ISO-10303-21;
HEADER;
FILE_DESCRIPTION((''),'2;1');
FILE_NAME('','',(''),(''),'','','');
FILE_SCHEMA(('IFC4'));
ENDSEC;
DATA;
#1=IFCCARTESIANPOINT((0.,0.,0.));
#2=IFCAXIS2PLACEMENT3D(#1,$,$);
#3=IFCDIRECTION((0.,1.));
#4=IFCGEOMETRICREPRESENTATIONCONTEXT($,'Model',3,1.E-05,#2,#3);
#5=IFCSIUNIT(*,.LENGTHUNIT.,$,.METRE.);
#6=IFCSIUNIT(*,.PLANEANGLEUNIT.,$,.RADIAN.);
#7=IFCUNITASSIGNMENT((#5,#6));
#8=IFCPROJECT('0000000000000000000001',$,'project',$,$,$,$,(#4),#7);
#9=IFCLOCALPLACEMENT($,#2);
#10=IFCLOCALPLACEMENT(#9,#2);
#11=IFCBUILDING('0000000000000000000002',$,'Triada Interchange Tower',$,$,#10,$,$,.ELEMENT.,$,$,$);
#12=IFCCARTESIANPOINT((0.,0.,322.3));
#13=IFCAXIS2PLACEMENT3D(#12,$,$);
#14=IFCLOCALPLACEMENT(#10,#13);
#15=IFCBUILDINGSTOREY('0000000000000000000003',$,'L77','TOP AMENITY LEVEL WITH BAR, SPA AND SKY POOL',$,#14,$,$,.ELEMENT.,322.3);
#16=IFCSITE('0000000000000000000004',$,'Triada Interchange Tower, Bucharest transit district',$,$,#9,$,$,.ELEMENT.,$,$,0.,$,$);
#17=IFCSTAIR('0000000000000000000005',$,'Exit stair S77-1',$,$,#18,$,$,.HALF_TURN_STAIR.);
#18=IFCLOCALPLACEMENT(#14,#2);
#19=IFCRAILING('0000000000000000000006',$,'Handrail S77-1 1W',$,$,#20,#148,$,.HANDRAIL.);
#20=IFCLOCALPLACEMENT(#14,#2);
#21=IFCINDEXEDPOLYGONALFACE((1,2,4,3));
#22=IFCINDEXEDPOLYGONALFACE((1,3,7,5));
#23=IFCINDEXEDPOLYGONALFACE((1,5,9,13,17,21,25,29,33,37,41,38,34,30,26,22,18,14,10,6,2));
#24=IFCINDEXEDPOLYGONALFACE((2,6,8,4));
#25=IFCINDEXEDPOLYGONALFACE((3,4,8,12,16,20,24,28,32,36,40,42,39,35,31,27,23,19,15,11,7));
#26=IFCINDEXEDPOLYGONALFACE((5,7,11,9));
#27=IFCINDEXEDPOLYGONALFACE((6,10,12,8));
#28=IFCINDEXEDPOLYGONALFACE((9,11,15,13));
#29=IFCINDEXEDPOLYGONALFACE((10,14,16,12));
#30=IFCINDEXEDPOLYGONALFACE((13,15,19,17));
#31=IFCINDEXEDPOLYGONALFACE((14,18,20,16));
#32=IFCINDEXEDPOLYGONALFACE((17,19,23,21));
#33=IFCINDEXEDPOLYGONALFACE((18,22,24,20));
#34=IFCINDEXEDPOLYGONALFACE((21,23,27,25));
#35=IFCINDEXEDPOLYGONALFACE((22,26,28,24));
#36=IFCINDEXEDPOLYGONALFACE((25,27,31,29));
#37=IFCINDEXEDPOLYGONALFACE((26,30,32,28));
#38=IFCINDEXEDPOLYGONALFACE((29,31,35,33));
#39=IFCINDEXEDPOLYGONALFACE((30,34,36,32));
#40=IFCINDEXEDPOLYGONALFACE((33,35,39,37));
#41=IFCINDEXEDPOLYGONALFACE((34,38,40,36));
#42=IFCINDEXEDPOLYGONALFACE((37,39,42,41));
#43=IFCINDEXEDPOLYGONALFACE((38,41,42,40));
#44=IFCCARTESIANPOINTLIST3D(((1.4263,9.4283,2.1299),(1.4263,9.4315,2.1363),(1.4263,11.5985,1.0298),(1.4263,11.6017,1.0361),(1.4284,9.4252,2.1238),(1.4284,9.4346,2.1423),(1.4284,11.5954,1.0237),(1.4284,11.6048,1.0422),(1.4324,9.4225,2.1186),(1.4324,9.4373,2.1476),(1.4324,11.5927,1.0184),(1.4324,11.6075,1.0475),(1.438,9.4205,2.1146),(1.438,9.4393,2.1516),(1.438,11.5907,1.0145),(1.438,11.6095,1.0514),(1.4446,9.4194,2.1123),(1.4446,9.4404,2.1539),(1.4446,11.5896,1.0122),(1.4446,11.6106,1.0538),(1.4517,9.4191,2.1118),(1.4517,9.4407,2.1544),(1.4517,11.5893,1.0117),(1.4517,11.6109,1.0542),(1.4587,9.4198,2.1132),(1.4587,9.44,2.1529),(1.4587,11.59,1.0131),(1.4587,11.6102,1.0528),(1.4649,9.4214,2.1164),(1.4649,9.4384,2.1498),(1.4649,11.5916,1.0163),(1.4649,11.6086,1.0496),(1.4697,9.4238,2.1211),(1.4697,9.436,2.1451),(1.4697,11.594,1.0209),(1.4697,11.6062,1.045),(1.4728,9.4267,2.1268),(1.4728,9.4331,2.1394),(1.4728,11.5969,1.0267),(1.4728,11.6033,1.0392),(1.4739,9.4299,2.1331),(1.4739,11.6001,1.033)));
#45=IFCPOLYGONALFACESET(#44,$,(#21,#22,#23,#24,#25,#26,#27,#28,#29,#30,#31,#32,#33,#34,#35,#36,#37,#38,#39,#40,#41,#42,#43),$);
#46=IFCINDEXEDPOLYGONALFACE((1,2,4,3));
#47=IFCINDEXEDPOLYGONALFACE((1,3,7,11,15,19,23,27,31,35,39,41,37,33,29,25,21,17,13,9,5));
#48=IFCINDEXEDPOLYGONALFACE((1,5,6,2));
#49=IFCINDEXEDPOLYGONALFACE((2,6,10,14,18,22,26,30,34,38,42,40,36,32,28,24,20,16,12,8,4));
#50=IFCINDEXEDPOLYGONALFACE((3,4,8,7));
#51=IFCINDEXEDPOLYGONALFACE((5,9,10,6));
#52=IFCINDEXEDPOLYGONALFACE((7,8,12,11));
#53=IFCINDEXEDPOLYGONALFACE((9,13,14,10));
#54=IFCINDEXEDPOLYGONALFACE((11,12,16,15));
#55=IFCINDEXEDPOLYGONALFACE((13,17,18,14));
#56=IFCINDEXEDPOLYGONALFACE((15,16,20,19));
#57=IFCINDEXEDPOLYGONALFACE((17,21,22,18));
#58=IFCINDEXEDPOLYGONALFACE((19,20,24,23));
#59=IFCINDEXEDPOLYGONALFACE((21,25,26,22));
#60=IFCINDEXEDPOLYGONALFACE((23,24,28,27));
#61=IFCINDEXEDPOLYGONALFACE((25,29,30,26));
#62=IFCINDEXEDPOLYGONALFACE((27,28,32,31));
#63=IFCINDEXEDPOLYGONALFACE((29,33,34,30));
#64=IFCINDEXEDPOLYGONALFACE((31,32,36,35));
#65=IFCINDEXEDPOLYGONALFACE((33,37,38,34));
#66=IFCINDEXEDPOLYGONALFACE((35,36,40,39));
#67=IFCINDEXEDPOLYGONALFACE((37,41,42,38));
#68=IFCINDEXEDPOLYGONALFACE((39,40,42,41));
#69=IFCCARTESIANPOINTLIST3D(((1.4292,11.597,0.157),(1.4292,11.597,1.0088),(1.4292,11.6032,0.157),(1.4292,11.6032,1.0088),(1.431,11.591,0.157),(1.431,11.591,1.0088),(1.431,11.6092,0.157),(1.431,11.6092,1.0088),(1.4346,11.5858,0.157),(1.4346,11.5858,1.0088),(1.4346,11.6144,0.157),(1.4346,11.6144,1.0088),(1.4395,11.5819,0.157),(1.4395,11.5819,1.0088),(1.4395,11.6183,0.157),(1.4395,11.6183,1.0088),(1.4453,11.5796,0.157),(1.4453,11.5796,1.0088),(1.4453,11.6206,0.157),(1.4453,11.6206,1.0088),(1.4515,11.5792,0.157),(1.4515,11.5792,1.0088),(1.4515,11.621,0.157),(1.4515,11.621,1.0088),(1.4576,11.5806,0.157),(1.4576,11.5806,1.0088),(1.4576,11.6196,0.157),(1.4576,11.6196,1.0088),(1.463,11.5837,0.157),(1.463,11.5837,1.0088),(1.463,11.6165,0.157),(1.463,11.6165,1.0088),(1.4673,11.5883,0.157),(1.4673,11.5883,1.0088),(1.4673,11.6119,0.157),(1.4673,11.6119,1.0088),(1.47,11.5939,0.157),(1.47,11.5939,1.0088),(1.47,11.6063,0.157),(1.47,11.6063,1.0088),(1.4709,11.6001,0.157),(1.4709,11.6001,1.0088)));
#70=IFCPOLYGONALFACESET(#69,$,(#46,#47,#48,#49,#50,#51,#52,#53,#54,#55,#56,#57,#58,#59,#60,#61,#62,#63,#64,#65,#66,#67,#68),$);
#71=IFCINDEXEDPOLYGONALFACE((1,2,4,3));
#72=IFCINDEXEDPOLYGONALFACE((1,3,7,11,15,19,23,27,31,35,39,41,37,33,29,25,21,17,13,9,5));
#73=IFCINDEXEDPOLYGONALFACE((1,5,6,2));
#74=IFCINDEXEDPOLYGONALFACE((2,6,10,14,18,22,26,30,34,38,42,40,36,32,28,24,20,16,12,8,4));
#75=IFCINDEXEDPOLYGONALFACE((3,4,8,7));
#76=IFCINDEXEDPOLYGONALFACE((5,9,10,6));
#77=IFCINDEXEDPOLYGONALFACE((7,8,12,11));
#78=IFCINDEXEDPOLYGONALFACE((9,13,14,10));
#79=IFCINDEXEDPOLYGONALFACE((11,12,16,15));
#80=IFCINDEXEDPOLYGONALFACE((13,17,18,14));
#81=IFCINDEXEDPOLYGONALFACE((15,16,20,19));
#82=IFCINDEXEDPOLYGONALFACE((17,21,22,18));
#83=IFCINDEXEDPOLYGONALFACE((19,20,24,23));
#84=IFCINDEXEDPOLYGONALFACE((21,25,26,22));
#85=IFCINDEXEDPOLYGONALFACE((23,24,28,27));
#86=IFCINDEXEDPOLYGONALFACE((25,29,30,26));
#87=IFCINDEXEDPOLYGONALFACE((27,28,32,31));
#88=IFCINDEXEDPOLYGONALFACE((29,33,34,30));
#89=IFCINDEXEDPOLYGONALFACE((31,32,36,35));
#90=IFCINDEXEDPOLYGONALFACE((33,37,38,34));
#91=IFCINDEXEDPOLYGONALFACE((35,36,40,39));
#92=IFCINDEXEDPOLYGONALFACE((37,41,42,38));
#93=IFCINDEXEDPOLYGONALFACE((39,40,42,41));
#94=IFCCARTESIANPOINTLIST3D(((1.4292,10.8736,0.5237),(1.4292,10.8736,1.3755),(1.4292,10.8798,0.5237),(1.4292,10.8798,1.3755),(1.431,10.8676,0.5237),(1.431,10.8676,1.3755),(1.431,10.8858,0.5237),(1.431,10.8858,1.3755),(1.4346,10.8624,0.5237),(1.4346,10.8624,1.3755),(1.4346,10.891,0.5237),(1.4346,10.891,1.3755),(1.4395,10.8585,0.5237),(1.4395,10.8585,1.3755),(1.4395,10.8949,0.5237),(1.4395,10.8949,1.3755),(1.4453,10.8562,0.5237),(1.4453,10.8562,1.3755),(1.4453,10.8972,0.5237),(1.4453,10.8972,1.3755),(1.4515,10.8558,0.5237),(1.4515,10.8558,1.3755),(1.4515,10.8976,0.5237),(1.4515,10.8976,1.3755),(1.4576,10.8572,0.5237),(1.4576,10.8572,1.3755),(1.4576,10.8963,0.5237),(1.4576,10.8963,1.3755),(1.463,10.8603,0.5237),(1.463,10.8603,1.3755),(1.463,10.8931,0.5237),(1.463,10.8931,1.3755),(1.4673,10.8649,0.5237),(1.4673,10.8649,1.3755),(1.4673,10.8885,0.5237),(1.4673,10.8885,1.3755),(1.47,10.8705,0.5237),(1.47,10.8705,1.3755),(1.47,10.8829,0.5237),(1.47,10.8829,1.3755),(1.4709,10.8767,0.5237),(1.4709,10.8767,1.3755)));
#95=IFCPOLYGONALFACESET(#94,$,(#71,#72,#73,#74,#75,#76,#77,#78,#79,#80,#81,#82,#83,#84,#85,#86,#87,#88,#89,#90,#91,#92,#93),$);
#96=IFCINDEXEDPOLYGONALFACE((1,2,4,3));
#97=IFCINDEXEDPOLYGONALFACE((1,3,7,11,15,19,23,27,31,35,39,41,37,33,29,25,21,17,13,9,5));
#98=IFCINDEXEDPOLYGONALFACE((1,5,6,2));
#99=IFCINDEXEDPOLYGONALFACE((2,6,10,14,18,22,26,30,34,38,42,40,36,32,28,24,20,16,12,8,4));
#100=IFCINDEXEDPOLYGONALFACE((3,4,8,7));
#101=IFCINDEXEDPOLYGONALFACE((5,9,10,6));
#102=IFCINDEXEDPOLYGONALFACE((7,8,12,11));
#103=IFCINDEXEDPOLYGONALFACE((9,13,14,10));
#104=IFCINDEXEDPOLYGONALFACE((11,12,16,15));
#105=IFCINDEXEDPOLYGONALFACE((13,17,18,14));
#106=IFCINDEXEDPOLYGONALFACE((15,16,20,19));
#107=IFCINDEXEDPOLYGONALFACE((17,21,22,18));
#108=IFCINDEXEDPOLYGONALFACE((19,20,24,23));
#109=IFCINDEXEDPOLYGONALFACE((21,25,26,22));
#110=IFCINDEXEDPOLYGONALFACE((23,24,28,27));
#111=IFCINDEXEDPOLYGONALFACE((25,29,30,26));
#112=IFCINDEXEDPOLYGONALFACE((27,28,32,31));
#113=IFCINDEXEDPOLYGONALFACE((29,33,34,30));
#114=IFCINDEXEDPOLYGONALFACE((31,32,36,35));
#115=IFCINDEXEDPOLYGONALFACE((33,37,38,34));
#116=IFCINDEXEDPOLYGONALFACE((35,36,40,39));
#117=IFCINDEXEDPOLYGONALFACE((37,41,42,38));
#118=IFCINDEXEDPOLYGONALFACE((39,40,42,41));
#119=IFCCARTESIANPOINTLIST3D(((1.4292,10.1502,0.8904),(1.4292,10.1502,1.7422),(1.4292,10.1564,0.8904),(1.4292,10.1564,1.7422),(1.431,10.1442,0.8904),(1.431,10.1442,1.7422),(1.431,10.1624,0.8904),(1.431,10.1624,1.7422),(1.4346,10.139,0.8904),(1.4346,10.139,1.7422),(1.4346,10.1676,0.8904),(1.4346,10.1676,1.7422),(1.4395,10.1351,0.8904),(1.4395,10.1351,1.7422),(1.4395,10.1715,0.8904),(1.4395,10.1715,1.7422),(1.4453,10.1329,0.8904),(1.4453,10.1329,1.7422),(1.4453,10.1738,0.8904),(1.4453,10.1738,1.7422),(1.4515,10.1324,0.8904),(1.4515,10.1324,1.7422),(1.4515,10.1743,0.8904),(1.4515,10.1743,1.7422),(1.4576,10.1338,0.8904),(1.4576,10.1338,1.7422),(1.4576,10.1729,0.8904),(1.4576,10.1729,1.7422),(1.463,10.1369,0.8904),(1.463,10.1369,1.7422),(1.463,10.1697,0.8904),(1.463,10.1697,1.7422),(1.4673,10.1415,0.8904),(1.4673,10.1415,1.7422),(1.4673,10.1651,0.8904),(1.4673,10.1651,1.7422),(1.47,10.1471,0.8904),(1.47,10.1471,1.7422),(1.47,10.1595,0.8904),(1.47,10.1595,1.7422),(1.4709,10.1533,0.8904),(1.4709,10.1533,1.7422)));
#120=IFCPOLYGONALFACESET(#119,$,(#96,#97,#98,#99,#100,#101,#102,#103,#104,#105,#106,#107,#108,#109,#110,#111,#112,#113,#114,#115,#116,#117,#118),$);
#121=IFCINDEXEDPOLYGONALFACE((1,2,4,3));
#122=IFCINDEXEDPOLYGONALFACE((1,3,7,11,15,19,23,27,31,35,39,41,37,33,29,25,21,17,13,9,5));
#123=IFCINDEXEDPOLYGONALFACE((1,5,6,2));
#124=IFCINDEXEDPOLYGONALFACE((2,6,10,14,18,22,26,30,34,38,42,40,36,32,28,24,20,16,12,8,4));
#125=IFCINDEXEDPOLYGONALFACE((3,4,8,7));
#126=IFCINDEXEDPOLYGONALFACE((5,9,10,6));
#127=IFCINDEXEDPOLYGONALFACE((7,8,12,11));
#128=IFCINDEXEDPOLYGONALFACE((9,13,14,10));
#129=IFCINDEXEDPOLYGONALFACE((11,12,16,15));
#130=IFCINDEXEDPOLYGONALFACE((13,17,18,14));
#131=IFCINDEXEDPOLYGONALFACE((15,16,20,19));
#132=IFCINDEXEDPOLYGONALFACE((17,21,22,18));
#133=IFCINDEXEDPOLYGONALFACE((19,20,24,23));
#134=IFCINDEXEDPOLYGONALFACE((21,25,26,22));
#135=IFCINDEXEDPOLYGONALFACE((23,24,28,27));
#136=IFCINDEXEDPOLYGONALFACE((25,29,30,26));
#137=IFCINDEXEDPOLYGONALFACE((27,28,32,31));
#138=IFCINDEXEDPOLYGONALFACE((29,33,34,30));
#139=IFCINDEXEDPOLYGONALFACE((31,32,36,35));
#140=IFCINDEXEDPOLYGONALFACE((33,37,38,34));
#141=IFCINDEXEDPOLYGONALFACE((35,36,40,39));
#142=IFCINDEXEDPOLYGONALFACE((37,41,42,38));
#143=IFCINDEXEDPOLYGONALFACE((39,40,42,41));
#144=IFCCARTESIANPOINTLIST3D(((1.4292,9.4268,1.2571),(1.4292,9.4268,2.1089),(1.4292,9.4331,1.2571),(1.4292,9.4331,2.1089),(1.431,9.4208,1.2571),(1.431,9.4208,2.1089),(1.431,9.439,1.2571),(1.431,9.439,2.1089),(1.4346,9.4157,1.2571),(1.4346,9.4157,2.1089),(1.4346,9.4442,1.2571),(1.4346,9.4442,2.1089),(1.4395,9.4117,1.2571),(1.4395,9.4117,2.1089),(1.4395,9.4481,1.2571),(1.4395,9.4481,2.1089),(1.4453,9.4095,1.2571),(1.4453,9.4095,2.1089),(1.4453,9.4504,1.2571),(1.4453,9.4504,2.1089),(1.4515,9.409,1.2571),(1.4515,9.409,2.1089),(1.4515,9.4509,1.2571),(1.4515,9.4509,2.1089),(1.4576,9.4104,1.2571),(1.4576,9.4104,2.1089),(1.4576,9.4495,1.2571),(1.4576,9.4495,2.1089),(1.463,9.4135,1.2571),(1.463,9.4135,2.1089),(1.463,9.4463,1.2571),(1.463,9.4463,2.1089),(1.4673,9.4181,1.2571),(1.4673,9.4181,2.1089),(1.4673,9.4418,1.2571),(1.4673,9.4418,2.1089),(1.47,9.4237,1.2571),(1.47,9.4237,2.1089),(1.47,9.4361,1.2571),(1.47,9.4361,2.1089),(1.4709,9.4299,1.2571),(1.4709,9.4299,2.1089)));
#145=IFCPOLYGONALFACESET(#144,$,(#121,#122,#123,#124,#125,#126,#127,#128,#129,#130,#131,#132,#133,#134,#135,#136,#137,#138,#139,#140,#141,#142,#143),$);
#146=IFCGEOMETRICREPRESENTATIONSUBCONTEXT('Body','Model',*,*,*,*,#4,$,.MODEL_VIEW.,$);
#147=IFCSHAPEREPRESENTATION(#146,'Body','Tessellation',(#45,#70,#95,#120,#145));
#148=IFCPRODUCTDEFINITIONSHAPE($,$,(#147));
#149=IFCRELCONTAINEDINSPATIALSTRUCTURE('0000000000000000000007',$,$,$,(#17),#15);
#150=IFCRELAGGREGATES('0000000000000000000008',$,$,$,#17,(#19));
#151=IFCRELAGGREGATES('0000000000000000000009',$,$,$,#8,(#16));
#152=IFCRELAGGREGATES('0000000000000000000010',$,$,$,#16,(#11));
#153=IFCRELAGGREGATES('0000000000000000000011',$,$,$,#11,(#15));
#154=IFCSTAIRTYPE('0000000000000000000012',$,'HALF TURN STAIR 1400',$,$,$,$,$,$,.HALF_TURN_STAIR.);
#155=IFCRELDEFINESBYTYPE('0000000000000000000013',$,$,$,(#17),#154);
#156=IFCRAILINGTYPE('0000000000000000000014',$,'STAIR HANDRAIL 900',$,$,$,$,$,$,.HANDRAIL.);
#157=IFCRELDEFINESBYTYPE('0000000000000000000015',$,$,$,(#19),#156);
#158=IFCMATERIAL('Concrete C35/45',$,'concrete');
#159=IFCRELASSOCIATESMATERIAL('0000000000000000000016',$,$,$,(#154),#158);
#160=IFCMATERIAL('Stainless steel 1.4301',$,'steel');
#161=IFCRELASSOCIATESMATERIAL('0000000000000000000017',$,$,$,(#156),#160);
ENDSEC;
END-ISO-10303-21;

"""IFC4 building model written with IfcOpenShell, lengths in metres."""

from ifc_helpers import new_model, si_unit, direction, frame, origin, origin_2d, place, context, subcontext, project, spatial, circle, extrude, material, type_object, element, aggregate, save


model = new_model("IFC4")

# Units and contexts
model_context = context("Model", 3, precision=1e-05, world=origin(), true_north=direction((0.0, 1.0)))
body_context = subcontext(model_context, "Body", "Model", "MODEL_VIEW")
ifc_project = project(units=[si_unit("LENGTHUNIT", "METRE"), si_unit("PLANEANGLEUNIT", "RADIAN")], contexts=[model_context])

# Site, building, storey
site_placement = place(None, origin())
site = spatial("IfcSite", under=ifc_project, at=site_placement, Name="Triada Interchange Tower, Bucharest transit district", CompositionType="ELEMENT", RefElevation=0.0)
building_placement = place(site_placement, origin())
building = spatial("IfcBuilding", under=site, at=building_placement, Name="Triada Interchange Tower", CompositionType="ELEMENT")
storey_placement = place(building_placement, frame((0.0, 0.0, 322.3)))
storey = spatial("IfcBuildingStorey", under=building, at=storey_placement, Name="L77", Description="TOP AMENITY LEVEL WITH BAR, SPA AND SKY POOL", CompositionType="ELEMENT", Elevation=322.3)

# Shared definitions
ifc_material_1 = material(Name="Concrete C35/45", Category="concrete")

# Stair, railing
stair_type = type_object("IfcStairType", Name="HALF TURN STAIR 1400", PredefinedType="HALF_TURN_STAIR", material=ifc_material_1)
stair_placement = place(storey_placement, origin())
stair = element("IfcStair", 1, at=stair_placement, inside=storey, type_object=stair_type, Name="Exit stair S77-1", PredefinedType="HALF_TURN_STAIR")
ifc_material_2 = material(Name="Stainless steel 1.4301", Category="steel")
railing_type_1 = type_object("IfcRailingType", Name="STAIR HANDRAIL 900", PredefinedType="HANDRAIL", material=ifc_material_2)
railing_1_placement = place(storey_placement, frame((1.45, 11.6001, 0.157)))
railing_1 = element("IfcRailing", 2, at=railing_1_placement, type_object=railing_type_1, Name="Handrail S77-1 1W", PredefinedType="HANDRAIL", context=body_context, shape_type="SweptSolid", body=[
    extrude(circle(Radius=0.0239, at=origin_2d()), frame((0.0, 0.0, 0.876), z_axis=(0.0, -0.891945, 0.452144), x_axis=(1.0, 0.0, 0.0)), (0.0, 0.0, 1.0), 2.4331),
    extrude(circle(Radius=0.021, at=origin_2d()), origin(), (0.0, 0.0, 1.0), 0.8518),
    extrude(circle(Radius=0.021, at=origin_2d()), frame((0.0, -0.7234, 0.3667)), (0.0, 0.0, 1.0), 0.8518),
    extrude(circle(Radius=0.021, at=origin_2d()), frame((0.0, -1.4468, 0.7334)), (0.0, 0.0, 1.0), 0.8518),
    extrude(circle(Radius=0.021, at=origin_2d()), frame((0.0, -2.1702, 1.1001)), (0.0, 0.0, 1.0), 0.8518),
])
aggregate(stair, [railing_1])

save(model, "model.ifc")
